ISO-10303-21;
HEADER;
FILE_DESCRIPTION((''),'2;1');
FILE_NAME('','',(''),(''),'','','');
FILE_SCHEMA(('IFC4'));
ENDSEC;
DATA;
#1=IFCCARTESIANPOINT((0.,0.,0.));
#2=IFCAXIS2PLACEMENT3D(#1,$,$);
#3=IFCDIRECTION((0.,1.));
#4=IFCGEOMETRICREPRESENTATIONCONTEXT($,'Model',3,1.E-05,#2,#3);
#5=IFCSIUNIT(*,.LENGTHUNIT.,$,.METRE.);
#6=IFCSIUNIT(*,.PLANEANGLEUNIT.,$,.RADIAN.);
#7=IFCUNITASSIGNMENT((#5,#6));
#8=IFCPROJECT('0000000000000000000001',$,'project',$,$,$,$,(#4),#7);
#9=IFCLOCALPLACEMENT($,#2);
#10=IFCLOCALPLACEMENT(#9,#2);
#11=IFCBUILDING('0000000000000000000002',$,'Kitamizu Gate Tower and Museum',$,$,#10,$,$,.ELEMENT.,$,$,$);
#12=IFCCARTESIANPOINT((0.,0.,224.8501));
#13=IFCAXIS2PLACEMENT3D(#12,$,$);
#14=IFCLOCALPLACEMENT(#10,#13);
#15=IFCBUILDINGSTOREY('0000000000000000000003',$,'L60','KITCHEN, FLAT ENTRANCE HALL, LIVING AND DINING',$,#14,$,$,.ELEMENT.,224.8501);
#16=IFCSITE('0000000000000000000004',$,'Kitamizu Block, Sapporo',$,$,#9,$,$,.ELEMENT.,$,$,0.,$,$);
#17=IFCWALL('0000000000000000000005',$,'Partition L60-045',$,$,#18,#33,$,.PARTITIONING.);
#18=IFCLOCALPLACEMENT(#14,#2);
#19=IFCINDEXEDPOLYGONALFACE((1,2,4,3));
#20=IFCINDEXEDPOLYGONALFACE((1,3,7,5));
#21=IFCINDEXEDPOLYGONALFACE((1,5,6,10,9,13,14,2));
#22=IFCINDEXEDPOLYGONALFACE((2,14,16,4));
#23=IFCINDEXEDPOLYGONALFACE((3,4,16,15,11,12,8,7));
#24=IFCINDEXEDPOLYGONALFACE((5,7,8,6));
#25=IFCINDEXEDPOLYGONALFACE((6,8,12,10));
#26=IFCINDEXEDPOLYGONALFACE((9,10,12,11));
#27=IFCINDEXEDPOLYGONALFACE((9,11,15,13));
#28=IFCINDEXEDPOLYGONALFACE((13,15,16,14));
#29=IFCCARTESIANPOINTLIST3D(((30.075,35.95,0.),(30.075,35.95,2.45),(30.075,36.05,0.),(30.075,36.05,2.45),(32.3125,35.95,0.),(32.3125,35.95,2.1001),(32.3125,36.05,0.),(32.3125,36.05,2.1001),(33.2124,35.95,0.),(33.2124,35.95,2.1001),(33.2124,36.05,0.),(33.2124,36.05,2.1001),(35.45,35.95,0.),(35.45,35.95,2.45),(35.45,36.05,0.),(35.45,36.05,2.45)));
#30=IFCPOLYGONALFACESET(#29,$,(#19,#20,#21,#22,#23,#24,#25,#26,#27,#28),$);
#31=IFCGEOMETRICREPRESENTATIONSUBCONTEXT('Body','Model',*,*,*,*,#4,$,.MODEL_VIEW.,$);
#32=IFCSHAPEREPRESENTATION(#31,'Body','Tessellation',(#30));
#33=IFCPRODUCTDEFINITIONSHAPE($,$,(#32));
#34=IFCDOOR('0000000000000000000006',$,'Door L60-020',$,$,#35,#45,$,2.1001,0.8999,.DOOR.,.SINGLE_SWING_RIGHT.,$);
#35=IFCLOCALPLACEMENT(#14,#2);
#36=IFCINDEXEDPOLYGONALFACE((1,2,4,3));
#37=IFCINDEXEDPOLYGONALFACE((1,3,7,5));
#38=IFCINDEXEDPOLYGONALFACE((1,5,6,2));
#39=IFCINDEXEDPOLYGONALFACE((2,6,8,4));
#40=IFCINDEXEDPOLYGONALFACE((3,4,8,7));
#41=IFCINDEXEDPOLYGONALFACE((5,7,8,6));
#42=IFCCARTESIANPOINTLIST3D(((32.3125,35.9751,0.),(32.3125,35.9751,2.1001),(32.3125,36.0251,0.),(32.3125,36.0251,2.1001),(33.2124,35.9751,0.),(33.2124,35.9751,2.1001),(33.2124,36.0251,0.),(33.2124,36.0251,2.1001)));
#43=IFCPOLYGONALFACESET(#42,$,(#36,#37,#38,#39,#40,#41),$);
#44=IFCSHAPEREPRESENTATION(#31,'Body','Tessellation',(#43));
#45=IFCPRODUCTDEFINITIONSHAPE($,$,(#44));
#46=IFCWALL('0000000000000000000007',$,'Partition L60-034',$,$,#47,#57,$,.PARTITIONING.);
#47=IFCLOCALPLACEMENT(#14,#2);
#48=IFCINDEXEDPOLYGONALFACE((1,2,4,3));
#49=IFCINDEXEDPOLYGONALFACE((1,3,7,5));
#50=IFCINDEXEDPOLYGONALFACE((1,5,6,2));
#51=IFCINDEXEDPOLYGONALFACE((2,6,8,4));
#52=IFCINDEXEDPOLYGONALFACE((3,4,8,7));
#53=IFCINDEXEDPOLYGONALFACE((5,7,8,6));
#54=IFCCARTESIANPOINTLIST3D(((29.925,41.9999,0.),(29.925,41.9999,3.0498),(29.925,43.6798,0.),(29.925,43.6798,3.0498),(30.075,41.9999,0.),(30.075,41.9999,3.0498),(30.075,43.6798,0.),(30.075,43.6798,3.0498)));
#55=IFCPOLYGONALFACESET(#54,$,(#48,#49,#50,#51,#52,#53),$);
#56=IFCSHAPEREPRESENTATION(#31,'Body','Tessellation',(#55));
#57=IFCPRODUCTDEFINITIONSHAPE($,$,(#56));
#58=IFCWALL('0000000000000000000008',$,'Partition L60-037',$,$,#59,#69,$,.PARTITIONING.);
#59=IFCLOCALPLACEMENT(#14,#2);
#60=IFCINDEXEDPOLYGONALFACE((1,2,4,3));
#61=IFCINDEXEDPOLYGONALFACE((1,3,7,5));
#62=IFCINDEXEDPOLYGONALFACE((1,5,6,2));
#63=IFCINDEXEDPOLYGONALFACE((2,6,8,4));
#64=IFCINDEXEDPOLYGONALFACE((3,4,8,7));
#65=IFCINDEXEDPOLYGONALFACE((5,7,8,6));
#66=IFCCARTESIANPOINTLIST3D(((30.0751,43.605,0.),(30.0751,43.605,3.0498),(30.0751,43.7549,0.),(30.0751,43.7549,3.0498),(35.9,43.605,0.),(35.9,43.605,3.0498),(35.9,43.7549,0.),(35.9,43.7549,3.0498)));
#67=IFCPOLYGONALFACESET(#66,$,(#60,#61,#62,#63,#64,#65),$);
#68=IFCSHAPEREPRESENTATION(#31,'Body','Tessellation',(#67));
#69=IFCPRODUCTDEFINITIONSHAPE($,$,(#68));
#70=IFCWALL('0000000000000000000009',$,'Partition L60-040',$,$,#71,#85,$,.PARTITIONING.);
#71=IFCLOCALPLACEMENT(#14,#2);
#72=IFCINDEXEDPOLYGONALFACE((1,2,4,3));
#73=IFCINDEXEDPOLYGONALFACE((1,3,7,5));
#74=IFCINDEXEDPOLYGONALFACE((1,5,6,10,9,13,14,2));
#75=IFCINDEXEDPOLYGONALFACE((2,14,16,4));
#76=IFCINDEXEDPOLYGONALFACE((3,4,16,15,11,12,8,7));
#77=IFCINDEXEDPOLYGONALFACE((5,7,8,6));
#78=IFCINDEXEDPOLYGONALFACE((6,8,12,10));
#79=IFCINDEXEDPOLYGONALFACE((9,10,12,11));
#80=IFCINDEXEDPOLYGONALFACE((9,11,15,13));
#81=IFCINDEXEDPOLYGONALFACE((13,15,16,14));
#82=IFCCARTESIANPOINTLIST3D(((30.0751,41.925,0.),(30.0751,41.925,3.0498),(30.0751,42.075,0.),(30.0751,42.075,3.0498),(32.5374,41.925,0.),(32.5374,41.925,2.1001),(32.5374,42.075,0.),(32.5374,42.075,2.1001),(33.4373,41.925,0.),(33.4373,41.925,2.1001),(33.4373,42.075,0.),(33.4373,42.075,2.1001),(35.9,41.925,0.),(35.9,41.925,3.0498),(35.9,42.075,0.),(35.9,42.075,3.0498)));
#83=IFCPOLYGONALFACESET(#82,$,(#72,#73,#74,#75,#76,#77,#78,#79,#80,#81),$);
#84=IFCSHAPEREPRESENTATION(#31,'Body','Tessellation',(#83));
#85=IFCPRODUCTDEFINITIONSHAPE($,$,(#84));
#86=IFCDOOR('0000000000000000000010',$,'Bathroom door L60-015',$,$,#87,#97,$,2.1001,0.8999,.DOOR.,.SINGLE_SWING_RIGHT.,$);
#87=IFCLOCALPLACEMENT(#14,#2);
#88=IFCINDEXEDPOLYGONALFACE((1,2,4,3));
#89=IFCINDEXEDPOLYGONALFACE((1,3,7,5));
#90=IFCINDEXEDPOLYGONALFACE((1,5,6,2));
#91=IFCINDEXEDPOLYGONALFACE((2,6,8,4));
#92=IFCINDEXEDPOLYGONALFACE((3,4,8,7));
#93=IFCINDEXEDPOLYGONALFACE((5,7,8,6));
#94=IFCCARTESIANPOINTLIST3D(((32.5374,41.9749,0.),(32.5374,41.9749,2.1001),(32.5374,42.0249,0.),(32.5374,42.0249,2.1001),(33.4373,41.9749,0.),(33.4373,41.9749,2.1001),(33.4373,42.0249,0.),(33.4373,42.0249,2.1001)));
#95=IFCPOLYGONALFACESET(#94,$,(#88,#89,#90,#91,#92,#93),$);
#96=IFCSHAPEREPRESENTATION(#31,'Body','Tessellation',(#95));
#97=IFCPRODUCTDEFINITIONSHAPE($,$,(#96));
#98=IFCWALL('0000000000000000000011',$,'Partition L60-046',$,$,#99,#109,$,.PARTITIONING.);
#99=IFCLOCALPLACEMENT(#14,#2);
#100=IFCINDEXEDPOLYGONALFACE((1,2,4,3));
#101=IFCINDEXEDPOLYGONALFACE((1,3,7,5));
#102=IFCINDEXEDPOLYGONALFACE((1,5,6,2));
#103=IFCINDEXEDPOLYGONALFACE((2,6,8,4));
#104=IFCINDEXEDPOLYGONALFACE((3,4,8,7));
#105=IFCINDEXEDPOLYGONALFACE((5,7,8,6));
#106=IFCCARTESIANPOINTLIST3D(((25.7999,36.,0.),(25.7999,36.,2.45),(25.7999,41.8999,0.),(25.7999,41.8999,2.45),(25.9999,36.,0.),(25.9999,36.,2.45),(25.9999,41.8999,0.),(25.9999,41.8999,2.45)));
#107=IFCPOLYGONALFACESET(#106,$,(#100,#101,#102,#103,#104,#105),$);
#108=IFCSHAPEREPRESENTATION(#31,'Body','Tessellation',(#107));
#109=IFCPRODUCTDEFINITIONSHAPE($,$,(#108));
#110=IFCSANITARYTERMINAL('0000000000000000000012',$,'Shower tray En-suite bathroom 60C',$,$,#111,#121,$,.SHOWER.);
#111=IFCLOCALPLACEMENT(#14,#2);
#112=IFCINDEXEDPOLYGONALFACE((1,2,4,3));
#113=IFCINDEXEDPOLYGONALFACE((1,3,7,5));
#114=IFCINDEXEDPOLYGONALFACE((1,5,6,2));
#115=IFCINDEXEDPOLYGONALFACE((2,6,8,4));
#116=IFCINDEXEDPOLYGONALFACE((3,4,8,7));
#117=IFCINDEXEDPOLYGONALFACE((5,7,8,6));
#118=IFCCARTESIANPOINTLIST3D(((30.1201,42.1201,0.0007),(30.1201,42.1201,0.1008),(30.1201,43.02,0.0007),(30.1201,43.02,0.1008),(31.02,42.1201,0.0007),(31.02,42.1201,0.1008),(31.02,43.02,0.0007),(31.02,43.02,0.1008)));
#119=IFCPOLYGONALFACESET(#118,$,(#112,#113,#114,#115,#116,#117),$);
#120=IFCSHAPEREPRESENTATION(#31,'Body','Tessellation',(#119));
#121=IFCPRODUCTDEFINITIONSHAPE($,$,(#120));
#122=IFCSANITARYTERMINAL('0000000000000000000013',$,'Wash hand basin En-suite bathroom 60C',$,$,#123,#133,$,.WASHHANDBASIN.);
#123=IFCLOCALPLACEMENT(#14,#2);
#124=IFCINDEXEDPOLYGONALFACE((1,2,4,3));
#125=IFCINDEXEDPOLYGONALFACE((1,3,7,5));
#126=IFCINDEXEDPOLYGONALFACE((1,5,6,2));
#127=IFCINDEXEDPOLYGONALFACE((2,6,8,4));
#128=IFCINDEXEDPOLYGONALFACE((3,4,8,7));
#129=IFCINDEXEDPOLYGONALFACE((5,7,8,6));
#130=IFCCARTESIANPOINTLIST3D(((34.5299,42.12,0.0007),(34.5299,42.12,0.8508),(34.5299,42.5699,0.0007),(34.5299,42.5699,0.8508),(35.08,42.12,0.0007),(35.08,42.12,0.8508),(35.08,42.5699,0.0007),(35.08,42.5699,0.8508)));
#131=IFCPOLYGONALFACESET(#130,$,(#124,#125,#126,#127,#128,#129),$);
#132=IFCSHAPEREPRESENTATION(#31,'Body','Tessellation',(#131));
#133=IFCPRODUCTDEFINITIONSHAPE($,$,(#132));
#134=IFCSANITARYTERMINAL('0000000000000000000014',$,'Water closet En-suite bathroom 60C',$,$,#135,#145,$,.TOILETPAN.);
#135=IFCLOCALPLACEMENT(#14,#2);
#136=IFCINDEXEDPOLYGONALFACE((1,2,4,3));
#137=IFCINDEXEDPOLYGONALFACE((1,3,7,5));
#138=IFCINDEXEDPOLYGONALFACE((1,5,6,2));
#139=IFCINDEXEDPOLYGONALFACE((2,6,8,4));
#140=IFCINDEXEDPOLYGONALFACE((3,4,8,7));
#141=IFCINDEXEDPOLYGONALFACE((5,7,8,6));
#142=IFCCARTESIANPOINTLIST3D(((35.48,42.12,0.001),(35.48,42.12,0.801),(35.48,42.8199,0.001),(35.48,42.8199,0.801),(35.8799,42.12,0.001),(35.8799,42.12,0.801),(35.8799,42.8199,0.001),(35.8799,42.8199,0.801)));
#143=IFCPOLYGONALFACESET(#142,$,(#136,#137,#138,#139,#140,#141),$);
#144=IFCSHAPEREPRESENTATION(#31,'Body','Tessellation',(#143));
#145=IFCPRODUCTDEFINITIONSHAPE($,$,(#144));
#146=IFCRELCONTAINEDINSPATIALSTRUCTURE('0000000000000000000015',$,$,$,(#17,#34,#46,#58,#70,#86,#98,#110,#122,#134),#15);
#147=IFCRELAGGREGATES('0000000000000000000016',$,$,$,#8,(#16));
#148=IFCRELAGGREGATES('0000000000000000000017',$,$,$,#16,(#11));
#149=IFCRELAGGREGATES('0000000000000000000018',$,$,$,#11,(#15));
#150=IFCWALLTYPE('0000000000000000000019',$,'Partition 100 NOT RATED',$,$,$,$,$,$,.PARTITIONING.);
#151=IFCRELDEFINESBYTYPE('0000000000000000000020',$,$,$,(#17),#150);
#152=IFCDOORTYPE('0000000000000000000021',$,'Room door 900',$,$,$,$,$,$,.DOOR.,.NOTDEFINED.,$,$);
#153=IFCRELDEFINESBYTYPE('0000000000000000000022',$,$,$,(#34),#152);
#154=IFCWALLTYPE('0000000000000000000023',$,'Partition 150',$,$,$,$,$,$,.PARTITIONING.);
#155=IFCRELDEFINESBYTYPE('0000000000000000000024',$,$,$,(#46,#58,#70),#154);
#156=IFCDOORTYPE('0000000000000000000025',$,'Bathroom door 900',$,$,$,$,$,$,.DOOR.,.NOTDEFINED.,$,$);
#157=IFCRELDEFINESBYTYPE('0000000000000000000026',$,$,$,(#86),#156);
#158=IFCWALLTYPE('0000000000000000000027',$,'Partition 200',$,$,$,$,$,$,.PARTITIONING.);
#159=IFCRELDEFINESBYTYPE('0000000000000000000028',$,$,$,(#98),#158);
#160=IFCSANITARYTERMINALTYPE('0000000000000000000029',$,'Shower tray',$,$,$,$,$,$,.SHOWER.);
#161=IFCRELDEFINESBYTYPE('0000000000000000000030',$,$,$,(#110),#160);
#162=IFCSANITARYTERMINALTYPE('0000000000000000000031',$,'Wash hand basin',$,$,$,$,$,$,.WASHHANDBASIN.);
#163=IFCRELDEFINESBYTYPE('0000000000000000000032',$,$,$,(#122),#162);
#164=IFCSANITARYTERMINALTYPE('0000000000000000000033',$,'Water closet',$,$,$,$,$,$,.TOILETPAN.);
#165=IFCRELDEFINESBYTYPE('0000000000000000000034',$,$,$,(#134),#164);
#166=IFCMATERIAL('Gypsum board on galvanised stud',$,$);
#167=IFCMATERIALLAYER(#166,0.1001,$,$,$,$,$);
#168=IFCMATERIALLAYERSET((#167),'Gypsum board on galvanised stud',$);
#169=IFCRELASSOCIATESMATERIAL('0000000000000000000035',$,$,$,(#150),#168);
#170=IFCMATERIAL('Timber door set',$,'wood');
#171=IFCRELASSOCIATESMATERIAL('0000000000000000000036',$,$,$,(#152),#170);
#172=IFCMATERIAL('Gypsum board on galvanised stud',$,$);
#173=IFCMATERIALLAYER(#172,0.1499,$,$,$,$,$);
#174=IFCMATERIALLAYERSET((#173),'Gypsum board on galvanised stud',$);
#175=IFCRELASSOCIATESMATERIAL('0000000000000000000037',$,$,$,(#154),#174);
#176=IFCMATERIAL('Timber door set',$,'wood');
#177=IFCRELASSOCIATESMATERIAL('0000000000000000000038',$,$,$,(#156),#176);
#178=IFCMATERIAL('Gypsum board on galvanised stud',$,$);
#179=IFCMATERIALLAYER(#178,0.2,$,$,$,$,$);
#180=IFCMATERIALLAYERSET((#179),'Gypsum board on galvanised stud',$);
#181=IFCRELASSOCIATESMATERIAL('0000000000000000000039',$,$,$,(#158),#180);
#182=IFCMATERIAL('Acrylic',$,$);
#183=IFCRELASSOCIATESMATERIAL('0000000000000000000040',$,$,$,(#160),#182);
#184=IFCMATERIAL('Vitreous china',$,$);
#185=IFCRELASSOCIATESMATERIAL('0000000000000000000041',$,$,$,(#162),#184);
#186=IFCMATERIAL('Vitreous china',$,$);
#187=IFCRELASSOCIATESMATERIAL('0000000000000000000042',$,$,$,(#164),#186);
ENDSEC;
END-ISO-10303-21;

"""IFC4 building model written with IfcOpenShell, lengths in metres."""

from ifc_helpers import new_model, si_unit, direction, frame, frame_2d, origin, origin_2d, place, context, subcontext, project, spatial, rectangle, extrude, material, layer, layer_set, type_object, element, fill, save


model = new_model("IFC4")

# Units and contexts
model_context = context("Model", 3, precision=1e-05, world=origin(), true_north=direction((0.0, 1.0)))
body_context = subcontext(model_context, "Body", "Model", "MODEL_VIEW")
ifc_project = project(units=[si_unit("LENGTHUNIT", "METRE"), si_unit("PLANEANGLEUNIT", "RADIAN")], contexts=[model_context])

# Site, building, storey
site_placement = place(None, origin())
site = spatial("IfcSite", under=ifc_project, at=site_placement, Name="Kitamizu Block, Sapporo", CompositionType="ELEMENT", RefElevation=0.0)
building_placement = place(site_placement, origin())
building = spatial("IfcBuilding", under=site, at=building_placement, Name="Kitamizu Gate Tower and Museum", CompositionType="ELEMENT")
storey_placement = place(building_placement, frame((0.0, 0.0, 224.8501)))
storey = spatial("IfcBuildingStorey", under=building, at=storey_placement, Name="L60", Description="KITCHEN, FLAT ENTRANCE HALL, LIVING AND DINING", CompositionType="ELEMENT", Elevation=224.8501)

# Wall, opening, door
ifc_material_1 = material(Name="Gypsum board on galvanised stud")
ifc_layer_1 = layer(ifc_material_1, 0.1001)
ifc_layer_set_1 = layer_set([ifc_layer_1], Name="Gypsum board on galvanised stud")
wall_type_1 = type_object("IfcWallType", Name="Partition 100 NOT RATED", PredefinedType="PARTITIONING", material=ifc_layer_set_1)
ifc_material_2 = material(Name="Timber door set", Category="wood")
door_type_1 = type_object("IfcDoorType", Name="Room door 900", OperationType="NOTDEFINED", PredefinedType="DOOR", material=ifc_material_2)
wall_1_placement = place(storey_placement, frame((30.075, 36.0, 0.0), z_axis=(0.0, 0.0, 1.0), x_axis=(1.0, 0.0, 0.0)))
wall_1 = element("IfcWall", 1, at=wall_1_placement, inside=storey, type_object=wall_type_1, Name="Partition L60-045", PredefinedType="PARTITIONING", context=body_context, shape_type="SweptSolid", body=[
    extrude(rectangle(XDim=5.375, YDim=0.1001, at=frame_2d((2.6875, 0.0))), origin(), (0.0, 0.0, 1.0), 2.45),
])
opening_1_placement = place(wall_1_placement, frame((2.2375, 0.0, 0.0)))
opening_1 = element("IfcOpeningElement", 2, at=opening_1_placement, cuts=wall_1, PredefinedType="OPENING", context=body_context, shape_type="SweptSolid", body=[
    extrude(rectangle(XDim=0.8999, YDim=2.1001, at=frame_2d((0.45, 1.05))), frame((0.0, 0.0601, 0.0), z_axis=(0.0, -1.0, 0.0), x_axis=(1.0, 0.0, 0.0)), (0.0, 0.0, 1.0), 0.1201),
])
door_1_placement = place(opening_1_placement, frame((0.8999, 0.0, 0.0), x_axis=(-1.0, 0.0, 0.0)))
door_1 = element("IfcDoor", 3, at=door_1_placement, inside=storey, type_object=door_type_1, Name="Door L60-020", OperationType="SINGLE_SWING_RIGHT", OverallHeight=2.1001, OverallWidth=0.8999, PredefinedType="DOOR", context=body_context, shape_type="SweptSolid", body=[
    extrude(rectangle(XDim=0.8999, YDim=2.1001, at=frame_2d((0.45, 1.05))), frame((0.0, 0.0249, 0.0), z_axis=(0.0, -1.0, 0.0), x_axis=(1.0, 0.0, 0.0)), (0.0, 0.0, 1.0), 0.05),
])
fill(opening_1, door_1)

# Walls
ifc_material_3 = material(Name="Gypsum board on galvanised stud")
ifc_layer_2 = layer(ifc_material_3, 0.1499)
ifc_layer_set_2 = layer_set([ifc_layer_2], Name="Gypsum board on galvanised stud")
wall_type_2 = type_object("IfcWallType", Name="Partition 150", PredefinedType="PARTITIONING", material=ifc_layer_set_2)
wall_2_placement = place(storey_placement, frame((30.0, 42.0, 0.0), z_axis=(0.0, 0.0, 1.0), x_axis=(0.0, 1.0, 0.0)))
element("IfcWall", 4, at=wall_2_placement, inside=storey, type_object=wall_type_2, Name="Partition L60-034", PredefinedType="PARTITIONING", context=body_context, shape_type="SweptSolid", body=[
    extrude(rectangle(XDim=1.6799, YDim=0.1499, at=frame_2d((0.8398, 0.0))), origin(), (0.0, 0.0, 1.0), 3.0498),
])
wall_3_placement = place(storey_placement, frame((30.075, 43.6799, 0.0), z_axis=(0.0, 0.0, 1.0), x_axis=(1.0, 0.0, 0.0)))
element("IfcWall", 5, at=wall_3_placement, inside=storey, type_object=wall_type_2, Name="Partition L60-037", PredefinedType="PARTITIONING", context=body_context, shape_type="SweptSolid", body=[
    extrude(rectangle(XDim=5.825, YDim=0.1499, at=frame_2d((2.9126, 0.0))), origin(), (0.0, 0.0, 1.0), 3.0498),
])

# Wall, opening, door
wall_4_placement = place(storey_placement, frame((30.075, 42.0, 0.0), z_axis=(0.0, 0.0, 1.0), x_axis=(1.0, 0.0, 0.0)))
wall_4 = element("IfcWall", 6, at=wall_4_placement, inside=storey, type_object=wall_type_2, Name="Partition L60-040", PredefinedType="PARTITIONING", context=body_context, shape_type="SweptSolid", body=[
    extrude(rectangle(XDim=5.825, YDim=0.1499, at=frame_2d((2.9126, 0.0))), origin(), (0.0, 0.0, 1.0), 3.0498),
])
opening_2_placement = place(wall_4_placement, frame((2.4624, 0.0, 0.0)))
opening_2 = element("IfcOpeningElement", 7, at=opening_2_placement, cuts=wall_4, PredefinedType="OPENING", context=body_context, shape_type="SweptSolid", body=[
    extrude(rectangle(XDim=0.8999, YDim=2.1001, at=frame_2d((0.45, 1.05))), frame((0.0, 0.085, 0.0), z_axis=(0.0, -1.0, 0.0), x_axis=(1.0, 0.0, 0.0)), (0.0, 0.0, 1.0), 0.1699),
])
ifc_material_4 = material(Name="Timber door set", Category="wood")
door_type_2 = type_object("IfcDoorType", Name="Bathroom door 900", OperationType="NOTDEFINED", PredefinedType="DOOR", material=ifc_material_4)
door_2_placement = place(opening_2_placement, origin())
door_2 = element("IfcDoor", 8, at=door_2_placement, inside=storey, type_object=door_type_2, Name="Bathroom door L60-015", OperationType="SINGLE_SWING_RIGHT", OverallHeight=2.1001, OverallWidth=0.8999, PredefinedType="DOOR", context=body_context, shape_type="SweptSolid", body=[
    extrude(rectangle(XDim=0.8999, YDim=2.1001, at=frame_2d((0.45, 1.05))), frame((0.0, 0.0249, 0.0), z_axis=(0.0, -1.0, 0.0), x_axis=(1.0, 0.0, 0.0)), (0.0, 0.0, 1.0), 0.05),
])
fill(opening_2, door_2)

# Wall
ifc_material_5 = material(Name="Gypsum board on galvanised stud")
ifc_layer_3 = layer(ifc_material_5, 0.2)
ifc_layer_set_3 = layer_set([ifc_layer_3], Name="Gypsum board on galvanised stud")
wall_type_3 = type_object("IfcWallType", Name="Partition 200", PredefinedType="PARTITIONING", material=ifc_layer_set_3)
wall_5_placement = place(storey_placement, frame((25.8999, 41.8999, 0.0), z_axis=(0.0, 0.0, 1.0), x_axis=(0.0, -1.0, 0.0)))
element("IfcWall", 9, at=wall_5_placement, inside=storey, type_object=wall_type_3, Name="Partition L60-046", PredefinedType="PARTITIONING", context=body_context, shape_type="SweptSolid", body=[
    extrude(rectangle(XDim=5.8999, YDim=0.2, at=frame_2d((2.95, 0.0))), origin(), (0.0, 0.0, 1.0), 2.45),
])

# Sanitary terminals
ifc_material_6 = material(Name="Acrylic")
sanitary_terminal_type_1 = type_object("IfcSanitaryTerminalType", Name="Shower tray", PredefinedType="SHOWER", material=ifc_material_6)
sanitary_terminal_1_placement = place(storey_placement, frame((30.5701, 42.5701, 0.0007), z_axis=(0.0, 0.0, 1.0), x_axis=(1.0, 0.0, 0.0)))
element("IfcSanitaryTerminal", 10, at=sanitary_terminal_1_placement, inside=storey, type_object=sanitary_terminal_type_1, Name="Shower tray En-suite bathroom 60C", PredefinedType="SHOWER", context=body_context, shape_type="SweptSolid", body=[
    extrude(rectangle(XDim=0.8999, YDim=0.8999, at=origin_2d()), origin(), (0.0, 0.0, 1.0), 0.1001),
])
ifc_material_7 = material(Name="Vitreous china")
sanitary_terminal_type_2 = type_object("IfcSanitaryTerminalType", Name="Wash hand basin", PredefinedType="WASHHANDBASIN", material=ifc_material_7)
sanitary_terminal_2_placement = place(storey_placement, frame((34.8049, 42.345, 0.0007), z_axis=(0.0, 0.0, 1.0), x_axis=(1.0, 0.0, 0.0)))
element("IfcSanitaryTerminal", 11, at=sanitary_terminal_2_placement, inside=storey, type_object=sanitary_terminal_type_2, Name="Wash hand basin En-suite bathroom 60C", PredefinedType="WASHHANDBASIN", context=body_context, shape_type="SweptSolid", body=[
    extrude(rectangle(XDim=0.55, YDim=0.45, at=origin_2d()), origin(), (0.0, 0.0, 1.0), 0.8501),
])
ifc_material_8 = material(Name="Vitreous china")
sanitary_terminal_type_3 = type_object("IfcSanitaryTerminalType", Name="Water closet", PredefinedType="TOILETPAN", material=ifc_material_8)
sanitary_terminal_3_placement = place(storey_placement, frame((35.6799, 42.47, 0.001), z_axis=(0.0, 0.0, 1.0), x_axis=(1.0, 0.0, 0.0)))
element("IfcSanitaryTerminal", 12, at=sanitary_terminal_3_placement, inside=storey, type_object=sanitary_terminal_type_3, Name="Water closet En-suite bathroom 60C", PredefinedType="TOILETPAN", context=body_context, shape_type="SweptSolid", body=[
    extrude(rectangle(XDim=0.3999, YDim=0.7, at=origin_2d()), origin(), (0.0, 0.0, 1.0), 0.8),
])

save(model, "model.ifc")
